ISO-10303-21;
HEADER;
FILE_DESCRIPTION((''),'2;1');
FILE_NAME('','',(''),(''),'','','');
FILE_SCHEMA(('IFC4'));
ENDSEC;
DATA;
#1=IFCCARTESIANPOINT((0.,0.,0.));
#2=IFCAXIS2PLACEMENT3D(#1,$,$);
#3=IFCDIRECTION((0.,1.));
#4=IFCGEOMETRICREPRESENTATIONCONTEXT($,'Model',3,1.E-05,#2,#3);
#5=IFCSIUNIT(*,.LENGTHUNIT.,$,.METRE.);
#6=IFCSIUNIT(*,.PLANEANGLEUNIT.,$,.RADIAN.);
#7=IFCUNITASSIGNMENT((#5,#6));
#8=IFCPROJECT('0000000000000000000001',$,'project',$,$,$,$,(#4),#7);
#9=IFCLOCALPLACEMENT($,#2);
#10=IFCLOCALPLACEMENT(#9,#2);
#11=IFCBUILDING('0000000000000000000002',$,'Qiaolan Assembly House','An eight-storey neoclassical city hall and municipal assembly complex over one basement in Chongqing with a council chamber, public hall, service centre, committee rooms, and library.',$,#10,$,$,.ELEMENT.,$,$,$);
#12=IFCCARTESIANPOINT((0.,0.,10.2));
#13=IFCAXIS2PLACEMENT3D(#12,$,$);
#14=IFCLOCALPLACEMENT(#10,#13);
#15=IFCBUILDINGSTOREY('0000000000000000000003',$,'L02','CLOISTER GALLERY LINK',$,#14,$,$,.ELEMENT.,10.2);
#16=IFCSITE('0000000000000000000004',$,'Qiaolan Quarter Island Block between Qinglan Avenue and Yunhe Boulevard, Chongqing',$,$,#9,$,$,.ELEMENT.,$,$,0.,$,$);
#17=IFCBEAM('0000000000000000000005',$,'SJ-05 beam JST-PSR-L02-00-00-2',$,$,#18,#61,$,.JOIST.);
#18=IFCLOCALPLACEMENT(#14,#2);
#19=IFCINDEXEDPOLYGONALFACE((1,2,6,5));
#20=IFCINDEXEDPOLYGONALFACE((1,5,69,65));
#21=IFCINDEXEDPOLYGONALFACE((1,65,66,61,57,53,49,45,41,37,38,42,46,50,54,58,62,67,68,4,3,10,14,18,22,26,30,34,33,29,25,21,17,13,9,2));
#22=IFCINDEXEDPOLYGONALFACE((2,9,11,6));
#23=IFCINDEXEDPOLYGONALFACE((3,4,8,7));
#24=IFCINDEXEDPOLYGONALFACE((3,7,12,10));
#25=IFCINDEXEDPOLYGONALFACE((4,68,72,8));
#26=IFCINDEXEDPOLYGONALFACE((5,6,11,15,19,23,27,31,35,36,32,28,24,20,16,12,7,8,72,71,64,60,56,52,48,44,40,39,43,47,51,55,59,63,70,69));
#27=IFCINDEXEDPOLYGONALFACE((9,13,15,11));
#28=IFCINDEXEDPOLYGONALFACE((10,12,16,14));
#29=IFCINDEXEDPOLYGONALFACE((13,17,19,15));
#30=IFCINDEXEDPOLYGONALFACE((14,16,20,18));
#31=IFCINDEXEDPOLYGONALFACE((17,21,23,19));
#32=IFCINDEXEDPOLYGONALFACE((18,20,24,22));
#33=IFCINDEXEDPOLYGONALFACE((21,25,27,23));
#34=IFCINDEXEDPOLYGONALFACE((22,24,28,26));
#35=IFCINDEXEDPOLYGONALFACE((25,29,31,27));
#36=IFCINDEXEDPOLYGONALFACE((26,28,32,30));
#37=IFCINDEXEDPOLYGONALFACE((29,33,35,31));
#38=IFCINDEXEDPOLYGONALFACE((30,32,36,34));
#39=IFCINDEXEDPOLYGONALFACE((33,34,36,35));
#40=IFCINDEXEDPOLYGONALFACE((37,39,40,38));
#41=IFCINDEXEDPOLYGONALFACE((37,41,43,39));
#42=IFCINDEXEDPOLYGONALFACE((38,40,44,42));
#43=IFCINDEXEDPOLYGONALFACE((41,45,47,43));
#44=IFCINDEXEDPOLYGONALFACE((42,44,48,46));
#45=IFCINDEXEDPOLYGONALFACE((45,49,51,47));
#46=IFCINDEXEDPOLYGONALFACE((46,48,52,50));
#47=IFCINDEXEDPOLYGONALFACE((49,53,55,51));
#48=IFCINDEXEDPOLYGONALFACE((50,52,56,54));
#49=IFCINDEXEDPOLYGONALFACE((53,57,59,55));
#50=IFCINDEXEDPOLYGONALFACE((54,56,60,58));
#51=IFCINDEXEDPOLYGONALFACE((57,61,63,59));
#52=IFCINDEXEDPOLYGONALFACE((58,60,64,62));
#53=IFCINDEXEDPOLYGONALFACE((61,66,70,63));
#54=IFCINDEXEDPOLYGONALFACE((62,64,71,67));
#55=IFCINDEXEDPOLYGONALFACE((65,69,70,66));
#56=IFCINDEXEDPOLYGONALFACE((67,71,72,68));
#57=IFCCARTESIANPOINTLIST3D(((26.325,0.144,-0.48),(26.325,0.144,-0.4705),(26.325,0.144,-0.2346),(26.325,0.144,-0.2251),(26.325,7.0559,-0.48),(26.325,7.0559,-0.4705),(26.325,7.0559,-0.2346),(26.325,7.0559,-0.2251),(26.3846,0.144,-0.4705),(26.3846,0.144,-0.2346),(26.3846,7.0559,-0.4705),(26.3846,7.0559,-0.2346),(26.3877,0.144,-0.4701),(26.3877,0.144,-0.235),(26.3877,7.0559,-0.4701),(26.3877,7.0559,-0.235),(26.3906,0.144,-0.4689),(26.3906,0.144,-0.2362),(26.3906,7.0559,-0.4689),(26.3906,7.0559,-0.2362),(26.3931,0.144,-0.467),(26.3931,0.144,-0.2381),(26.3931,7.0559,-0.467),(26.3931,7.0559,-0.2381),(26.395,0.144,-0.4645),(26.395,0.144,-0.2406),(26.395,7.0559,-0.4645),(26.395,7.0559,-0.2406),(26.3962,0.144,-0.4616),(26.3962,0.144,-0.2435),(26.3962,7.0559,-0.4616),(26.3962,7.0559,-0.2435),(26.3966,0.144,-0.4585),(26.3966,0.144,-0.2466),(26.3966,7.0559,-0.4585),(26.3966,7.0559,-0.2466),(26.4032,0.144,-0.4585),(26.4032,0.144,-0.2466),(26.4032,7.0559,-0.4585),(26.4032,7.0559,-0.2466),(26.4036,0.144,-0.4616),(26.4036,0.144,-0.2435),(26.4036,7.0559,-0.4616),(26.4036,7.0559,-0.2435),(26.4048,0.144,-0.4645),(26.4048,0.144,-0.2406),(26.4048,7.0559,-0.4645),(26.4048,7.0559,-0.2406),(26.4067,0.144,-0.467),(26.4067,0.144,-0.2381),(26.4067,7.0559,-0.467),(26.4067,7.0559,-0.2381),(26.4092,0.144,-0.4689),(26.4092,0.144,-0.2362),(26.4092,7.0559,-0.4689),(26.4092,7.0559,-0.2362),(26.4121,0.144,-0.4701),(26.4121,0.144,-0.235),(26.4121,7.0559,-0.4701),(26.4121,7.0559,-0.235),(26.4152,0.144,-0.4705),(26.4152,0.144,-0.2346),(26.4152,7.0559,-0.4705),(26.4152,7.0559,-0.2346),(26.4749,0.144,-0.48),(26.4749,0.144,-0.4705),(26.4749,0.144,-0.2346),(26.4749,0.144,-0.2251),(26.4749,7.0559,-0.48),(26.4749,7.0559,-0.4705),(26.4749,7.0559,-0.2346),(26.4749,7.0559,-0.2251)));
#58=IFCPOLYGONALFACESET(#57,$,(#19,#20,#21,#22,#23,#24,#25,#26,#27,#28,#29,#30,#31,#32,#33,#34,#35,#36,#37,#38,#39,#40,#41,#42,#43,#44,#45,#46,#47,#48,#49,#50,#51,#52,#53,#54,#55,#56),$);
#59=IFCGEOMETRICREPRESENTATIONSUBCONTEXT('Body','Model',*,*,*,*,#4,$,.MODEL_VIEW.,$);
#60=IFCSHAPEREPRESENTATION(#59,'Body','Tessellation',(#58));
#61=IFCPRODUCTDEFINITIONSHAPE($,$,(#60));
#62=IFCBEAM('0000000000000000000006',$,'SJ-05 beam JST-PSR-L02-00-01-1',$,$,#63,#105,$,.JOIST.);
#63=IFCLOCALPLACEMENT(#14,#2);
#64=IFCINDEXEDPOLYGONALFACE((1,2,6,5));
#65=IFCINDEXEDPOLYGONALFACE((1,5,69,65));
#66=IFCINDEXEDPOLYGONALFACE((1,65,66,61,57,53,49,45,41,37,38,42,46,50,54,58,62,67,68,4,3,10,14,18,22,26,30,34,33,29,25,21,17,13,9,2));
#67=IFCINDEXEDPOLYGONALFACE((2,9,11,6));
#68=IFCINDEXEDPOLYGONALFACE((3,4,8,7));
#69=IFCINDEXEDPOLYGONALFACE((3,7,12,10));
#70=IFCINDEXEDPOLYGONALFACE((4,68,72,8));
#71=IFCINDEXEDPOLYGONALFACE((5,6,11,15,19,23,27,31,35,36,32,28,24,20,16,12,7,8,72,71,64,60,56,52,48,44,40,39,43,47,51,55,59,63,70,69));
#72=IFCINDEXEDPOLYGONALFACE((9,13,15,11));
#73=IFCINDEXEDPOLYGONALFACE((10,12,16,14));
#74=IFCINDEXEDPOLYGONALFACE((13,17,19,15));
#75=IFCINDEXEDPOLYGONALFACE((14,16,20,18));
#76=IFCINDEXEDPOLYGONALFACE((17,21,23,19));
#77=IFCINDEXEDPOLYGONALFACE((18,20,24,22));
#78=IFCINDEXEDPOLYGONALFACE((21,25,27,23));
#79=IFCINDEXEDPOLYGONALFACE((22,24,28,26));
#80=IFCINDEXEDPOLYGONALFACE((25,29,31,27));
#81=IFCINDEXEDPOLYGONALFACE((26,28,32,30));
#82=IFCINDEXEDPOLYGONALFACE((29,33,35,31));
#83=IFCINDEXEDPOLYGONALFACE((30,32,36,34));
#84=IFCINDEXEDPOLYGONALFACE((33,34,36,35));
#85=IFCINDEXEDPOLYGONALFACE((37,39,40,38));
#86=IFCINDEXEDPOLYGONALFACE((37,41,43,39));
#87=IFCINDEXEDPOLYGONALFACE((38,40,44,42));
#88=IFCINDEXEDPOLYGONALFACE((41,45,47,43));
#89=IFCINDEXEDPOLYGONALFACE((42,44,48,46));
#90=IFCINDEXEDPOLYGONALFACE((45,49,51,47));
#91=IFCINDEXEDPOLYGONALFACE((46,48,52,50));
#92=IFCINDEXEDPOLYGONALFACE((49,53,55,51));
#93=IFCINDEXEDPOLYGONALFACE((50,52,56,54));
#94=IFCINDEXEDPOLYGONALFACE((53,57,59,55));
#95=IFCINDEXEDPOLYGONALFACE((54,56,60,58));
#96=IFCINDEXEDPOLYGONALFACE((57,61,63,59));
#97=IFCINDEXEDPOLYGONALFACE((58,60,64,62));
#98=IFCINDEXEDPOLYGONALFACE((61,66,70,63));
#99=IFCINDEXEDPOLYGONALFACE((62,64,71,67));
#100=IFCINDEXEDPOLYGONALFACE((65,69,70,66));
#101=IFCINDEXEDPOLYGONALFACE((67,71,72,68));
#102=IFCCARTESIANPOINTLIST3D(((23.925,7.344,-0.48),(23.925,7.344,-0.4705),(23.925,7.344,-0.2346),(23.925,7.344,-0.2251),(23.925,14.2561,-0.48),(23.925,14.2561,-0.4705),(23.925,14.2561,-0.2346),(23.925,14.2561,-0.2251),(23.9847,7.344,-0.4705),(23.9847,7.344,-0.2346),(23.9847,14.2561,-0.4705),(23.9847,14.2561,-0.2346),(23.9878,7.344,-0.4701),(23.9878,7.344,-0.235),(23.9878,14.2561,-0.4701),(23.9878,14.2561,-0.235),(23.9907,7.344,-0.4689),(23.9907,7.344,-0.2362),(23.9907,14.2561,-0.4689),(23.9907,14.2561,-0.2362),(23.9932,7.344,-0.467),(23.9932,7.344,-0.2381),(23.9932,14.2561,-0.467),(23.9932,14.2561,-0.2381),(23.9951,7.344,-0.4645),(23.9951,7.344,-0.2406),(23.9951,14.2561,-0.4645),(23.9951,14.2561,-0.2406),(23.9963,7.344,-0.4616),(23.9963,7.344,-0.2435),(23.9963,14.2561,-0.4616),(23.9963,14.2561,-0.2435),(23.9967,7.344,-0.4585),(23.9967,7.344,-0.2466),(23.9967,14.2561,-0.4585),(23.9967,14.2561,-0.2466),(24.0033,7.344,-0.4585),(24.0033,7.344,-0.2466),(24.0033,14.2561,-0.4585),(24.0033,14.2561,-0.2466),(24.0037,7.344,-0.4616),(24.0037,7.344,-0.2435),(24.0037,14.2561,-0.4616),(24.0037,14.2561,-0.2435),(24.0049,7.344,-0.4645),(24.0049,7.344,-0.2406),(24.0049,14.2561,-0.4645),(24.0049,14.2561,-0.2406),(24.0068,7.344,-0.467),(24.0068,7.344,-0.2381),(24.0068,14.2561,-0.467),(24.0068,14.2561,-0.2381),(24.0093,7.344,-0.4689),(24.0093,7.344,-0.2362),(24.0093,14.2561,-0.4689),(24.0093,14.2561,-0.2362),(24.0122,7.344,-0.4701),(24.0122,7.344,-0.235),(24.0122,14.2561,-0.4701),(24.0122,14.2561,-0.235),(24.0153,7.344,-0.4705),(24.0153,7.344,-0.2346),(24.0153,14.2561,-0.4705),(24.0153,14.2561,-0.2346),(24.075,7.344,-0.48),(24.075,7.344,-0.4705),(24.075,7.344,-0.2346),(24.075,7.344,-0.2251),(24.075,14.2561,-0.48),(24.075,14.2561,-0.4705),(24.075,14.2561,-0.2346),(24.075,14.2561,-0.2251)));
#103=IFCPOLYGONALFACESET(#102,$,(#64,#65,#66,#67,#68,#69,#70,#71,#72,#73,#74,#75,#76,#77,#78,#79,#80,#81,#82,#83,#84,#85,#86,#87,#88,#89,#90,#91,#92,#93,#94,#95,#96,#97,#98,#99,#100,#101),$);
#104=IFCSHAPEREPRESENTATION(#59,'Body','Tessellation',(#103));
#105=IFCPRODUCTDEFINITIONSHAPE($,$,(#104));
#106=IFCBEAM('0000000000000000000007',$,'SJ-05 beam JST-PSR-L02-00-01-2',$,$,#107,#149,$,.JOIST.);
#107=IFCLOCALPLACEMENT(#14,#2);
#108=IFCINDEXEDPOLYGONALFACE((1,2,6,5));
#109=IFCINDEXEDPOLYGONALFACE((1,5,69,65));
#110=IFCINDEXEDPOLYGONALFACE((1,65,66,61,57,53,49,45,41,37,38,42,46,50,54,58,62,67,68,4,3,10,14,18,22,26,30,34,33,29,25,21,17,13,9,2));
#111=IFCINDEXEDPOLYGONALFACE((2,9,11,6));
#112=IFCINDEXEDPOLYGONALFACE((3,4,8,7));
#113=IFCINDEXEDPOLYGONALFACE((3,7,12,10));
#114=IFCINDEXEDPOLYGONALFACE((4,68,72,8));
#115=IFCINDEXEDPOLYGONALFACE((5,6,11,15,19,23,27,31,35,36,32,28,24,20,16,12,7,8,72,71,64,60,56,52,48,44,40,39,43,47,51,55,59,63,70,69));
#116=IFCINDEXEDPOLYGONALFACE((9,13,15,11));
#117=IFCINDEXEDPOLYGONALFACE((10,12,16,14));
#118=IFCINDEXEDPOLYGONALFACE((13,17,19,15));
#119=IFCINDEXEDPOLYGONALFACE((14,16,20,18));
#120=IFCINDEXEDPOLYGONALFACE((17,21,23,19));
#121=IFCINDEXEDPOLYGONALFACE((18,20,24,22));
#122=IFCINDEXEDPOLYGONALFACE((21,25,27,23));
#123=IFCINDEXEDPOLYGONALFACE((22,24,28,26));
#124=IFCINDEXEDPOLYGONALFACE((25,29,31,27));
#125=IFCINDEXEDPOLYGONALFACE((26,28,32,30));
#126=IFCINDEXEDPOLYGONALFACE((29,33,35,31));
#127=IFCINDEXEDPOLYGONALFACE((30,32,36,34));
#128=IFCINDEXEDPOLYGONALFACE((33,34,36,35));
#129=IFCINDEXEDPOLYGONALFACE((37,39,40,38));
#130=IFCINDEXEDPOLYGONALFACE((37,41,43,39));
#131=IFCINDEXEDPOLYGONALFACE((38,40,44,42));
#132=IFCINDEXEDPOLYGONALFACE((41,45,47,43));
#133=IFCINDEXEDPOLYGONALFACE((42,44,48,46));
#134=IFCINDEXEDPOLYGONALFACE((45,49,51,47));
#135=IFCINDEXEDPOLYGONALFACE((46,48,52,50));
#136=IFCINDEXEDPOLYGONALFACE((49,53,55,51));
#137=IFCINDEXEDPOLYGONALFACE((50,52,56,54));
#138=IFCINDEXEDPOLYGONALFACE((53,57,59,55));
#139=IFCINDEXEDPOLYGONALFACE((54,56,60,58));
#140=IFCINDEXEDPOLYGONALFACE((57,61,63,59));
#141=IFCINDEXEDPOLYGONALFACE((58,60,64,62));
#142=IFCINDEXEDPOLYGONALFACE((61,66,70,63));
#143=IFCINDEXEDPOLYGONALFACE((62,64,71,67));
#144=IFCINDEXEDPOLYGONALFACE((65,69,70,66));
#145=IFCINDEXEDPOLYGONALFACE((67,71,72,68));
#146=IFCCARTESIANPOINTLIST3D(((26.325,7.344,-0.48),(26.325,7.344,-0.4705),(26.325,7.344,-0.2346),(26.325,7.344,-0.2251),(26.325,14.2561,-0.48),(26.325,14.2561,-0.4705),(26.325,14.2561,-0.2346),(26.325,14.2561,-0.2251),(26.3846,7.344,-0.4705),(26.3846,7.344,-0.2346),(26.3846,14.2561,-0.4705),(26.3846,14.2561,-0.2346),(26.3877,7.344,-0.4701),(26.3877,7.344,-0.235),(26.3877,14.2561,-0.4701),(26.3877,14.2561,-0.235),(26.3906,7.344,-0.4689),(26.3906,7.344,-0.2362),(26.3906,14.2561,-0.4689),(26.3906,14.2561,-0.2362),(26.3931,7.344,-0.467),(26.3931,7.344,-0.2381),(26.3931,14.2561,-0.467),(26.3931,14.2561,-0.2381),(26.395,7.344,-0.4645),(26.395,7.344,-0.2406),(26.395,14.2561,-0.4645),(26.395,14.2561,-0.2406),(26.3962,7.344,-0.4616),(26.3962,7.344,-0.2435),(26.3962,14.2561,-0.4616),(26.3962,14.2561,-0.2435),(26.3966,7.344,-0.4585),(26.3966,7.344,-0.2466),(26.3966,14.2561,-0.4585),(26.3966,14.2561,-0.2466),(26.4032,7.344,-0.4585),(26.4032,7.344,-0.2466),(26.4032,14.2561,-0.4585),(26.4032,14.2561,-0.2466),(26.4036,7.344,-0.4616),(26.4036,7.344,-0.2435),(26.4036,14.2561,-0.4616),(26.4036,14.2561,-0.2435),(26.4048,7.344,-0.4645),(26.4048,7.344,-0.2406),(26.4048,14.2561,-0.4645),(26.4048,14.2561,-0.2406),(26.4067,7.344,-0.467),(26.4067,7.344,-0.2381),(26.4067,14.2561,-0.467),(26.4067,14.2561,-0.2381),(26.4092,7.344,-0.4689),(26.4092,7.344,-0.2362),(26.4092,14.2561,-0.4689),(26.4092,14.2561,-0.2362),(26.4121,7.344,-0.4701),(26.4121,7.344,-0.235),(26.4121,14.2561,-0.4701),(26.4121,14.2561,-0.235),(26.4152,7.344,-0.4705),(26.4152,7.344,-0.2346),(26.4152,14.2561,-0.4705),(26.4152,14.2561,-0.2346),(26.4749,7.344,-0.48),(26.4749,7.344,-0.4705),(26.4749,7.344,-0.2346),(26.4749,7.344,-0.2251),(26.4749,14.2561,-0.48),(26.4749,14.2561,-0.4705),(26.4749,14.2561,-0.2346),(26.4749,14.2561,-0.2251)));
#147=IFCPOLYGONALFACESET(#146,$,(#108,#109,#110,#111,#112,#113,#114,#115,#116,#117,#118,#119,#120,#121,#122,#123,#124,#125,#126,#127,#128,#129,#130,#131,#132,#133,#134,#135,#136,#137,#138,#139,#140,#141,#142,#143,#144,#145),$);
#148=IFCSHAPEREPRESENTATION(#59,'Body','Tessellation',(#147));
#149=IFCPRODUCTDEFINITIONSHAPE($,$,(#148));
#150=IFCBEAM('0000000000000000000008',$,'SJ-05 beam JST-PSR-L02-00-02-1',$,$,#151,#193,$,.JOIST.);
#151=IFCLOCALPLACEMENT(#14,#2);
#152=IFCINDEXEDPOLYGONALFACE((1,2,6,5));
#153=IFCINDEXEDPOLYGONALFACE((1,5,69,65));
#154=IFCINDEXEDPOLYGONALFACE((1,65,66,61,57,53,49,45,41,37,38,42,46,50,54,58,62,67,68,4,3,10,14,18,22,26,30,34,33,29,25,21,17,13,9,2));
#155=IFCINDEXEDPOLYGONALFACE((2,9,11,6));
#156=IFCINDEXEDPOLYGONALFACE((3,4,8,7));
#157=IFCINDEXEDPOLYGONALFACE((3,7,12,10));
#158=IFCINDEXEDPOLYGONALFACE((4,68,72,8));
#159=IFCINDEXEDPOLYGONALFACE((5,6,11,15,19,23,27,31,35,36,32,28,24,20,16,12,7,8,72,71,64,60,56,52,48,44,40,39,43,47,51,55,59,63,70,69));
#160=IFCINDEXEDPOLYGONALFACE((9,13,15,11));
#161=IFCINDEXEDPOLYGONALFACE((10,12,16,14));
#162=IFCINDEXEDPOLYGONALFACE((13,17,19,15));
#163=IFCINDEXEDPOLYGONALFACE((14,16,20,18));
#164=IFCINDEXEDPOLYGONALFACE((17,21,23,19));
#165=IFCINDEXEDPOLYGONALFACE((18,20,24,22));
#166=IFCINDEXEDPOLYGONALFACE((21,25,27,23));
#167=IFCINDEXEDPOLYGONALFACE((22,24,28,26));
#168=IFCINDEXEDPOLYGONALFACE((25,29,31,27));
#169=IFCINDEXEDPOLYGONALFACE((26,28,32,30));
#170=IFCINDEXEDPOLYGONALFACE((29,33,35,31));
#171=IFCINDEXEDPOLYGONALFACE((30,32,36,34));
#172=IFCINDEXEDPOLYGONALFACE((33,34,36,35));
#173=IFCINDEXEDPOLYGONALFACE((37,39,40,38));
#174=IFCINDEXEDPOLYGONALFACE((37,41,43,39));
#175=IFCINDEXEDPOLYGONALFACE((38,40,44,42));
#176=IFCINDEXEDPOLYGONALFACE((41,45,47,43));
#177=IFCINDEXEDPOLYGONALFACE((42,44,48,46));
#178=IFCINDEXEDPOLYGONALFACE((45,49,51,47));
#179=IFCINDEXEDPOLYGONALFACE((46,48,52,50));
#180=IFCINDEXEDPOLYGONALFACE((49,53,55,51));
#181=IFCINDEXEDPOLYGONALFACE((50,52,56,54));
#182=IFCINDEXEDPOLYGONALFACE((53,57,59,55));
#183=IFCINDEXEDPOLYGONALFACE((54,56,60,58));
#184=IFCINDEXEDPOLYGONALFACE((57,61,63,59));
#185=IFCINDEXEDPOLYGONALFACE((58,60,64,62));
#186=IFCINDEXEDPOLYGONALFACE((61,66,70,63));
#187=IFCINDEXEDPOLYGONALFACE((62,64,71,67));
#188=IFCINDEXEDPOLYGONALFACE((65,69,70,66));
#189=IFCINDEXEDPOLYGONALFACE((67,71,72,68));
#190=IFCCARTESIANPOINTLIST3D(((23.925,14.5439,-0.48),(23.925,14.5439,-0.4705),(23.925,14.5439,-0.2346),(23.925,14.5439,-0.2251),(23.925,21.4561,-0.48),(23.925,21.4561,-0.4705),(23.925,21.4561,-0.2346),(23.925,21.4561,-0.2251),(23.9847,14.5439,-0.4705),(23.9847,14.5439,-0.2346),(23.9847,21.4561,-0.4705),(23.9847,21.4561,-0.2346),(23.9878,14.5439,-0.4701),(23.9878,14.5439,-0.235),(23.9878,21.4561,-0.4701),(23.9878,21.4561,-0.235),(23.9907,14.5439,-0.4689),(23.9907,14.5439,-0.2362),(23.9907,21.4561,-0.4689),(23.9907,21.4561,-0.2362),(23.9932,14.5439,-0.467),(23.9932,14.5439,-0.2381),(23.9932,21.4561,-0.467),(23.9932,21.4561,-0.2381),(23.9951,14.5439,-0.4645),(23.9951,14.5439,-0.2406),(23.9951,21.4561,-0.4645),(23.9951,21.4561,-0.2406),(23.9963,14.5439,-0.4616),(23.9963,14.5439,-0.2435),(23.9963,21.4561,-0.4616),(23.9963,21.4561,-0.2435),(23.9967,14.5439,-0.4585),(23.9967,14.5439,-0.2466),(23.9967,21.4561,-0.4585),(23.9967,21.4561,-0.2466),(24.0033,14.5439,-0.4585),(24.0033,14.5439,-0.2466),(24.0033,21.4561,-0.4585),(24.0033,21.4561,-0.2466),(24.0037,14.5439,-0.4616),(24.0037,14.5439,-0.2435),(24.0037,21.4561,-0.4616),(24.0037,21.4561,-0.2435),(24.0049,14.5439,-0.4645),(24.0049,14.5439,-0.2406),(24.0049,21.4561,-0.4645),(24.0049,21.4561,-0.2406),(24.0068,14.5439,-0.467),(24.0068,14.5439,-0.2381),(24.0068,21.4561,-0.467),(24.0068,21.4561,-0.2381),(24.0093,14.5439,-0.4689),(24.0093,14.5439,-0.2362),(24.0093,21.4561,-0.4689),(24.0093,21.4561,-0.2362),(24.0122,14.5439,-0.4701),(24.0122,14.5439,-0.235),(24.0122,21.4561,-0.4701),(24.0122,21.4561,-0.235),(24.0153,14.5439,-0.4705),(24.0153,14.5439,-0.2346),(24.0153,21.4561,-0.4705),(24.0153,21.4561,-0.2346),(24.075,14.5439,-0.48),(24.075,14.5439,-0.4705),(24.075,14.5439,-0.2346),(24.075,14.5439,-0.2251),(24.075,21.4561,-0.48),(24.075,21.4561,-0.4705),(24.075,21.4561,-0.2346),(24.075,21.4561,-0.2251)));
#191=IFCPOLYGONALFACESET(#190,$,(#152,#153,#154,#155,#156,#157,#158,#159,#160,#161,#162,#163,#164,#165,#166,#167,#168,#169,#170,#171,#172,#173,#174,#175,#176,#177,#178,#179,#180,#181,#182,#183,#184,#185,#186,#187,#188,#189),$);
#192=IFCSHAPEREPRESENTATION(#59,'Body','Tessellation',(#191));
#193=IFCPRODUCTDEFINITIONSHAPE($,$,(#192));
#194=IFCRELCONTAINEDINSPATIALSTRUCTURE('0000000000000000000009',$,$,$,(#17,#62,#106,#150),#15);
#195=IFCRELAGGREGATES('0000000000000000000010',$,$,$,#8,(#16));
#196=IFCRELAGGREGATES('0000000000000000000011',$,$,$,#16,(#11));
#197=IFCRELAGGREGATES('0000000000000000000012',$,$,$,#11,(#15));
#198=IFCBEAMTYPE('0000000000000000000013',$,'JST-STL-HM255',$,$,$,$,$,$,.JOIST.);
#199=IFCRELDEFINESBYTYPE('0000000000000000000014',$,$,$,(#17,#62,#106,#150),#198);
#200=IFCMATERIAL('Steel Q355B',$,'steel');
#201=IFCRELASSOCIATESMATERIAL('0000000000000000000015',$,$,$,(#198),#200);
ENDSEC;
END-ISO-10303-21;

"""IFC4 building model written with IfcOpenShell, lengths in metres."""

from ifc_helpers import new_model, si_unit, direction, frame, origin, origin_2d, place, context, subcontext, project, spatial, i_section, extrude, material, material_profile, profile_set, type_object, element, save


model = new_model("IFC4")

# Units and contexts
model_context = context("Model", 3, precision=1e-05, world=origin(), true_north=direction((0.0, 1.0)))
body_context = subcontext(model_context, "Body", "Model", "MODEL_VIEW")
ifc_project = project(units=[si_unit("LENGTHUNIT", "METRE"), si_unit("PLANEANGLEUNIT", "RADIAN")], contexts=[model_context])

# Site, building, storey
site_placement = place(None, origin())
site = spatial("IfcSite", under=ifc_project, at=site_placement, Name="Qiaolan Quarter Island Block between Qinglan Avenue and Yunhe Boulevard, Chongqing", CompositionType="ELEMENT", RefElevation=0.0)
building_placement = place(site_placement, origin())
building = spatial("IfcBuilding", under=site, at=building_placement, Name="Qiaolan Assembly House", Description="An eight-storey neoclassical city hall and municipal assembly complex over one basement in Chongqing with a council chamber, public hall, service centre, committee rooms, and library.", CompositionType="ELEMENT")
storey_placement = place(building_placement, frame((0.0, 0.0, 10.2)))
storey = spatial("IfcBuildingStorey", under=building, at=storey_placement, Name="L02", Description="CLOISTER GALLERY LINK", CompositionType="ELEMENT", Elevation=10.2)

# Beams
ifc_material_1 = material(Name="Steel Q355B", Category="steel")
ifc_material_profile_1 = material_profile(ifc_material_1, i_section(OverallWidth=0.1499, OverallDepth=0.2549, WebThickness=0.0066, FlangeThickness=0.0095, FilletRadius=0.012, at=origin_2d()), Name="HM 255x150x6.5x9.5")
ifc_profile_set_1 = profile_set([ifc_material_profile_1], Name="Steel Q355B")
beam_type_1 = type_object("IfcBeamType", Name="JST-STL-HM255", PredefinedType="JOIST", material=ifc_profile_set_1)
for number, where, z_axis, x_axis, name in (
    (1, (26.3999, 0.144, -0.3525), (0.0, 1.0, 0.0), (-1.0, 0.0, 0.0), "SJ-05 beam JST-PSR-L02-00-00-2"),
):
    element("IfcBeam", number, at=place(storey_placement, frame(where, z_axis=z_axis, x_axis=x_axis)), inside=storey, type_object=beam_type_1, Name=name, PredefinedType="JOIST", context=body_context, shape_type="SweptSolid", body=[
        extrude(i_section(OverallWidth=0.1499, OverallDepth=0.2549, WebThickness=0.0066, FlangeThickness=0.0095, FilletRadius=0.012, at=origin_2d()), origin(), (0.0, 0.0, 1.0), 6.9119),
    ])
for number, where, z_axis, x_axis, name in (
    (2, (24.0, 7.344, -0.3525), (0.0, 1.0, 0.0), (-1.0, 0.0, 0.0), "SJ-05 beam JST-PSR-L02-00-01-1"),
    (3, (26.3999, 7.344, -0.3525), (0.0, 1.0, 0.0), (-1.0, 0.0, 0.0), "SJ-05 beam JST-PSR-L02-00-01-2"),
    (4, (24.0, 14.5439, -0.3525), (0.0, 1.0, 0.0), (-1.0, 0.0, 0.0), "SJ-05 beam JST-PSR-L02-00-02-1"),
):
    element("IfcBeam", number, at=place(storey_placement, frame(where, z_axis=z_axis, x_axis=x_axis)), inside=storey, type_object=beam_type_1, Name=name, PredefinedType="JOIST", context=body_context, shape_type="SweptSolid", body=[
        extrude(i_section(OverallWidth=0.1499, OverallDepth=0.2549, WebThickness=0.0066, FlangeThickness=0.0095, FilletRadius=0.012, at=origin_2d()), origin(), (0.0, 0.0, 1.0), 6.9121),
    ])

save(model, "model.ifc")
